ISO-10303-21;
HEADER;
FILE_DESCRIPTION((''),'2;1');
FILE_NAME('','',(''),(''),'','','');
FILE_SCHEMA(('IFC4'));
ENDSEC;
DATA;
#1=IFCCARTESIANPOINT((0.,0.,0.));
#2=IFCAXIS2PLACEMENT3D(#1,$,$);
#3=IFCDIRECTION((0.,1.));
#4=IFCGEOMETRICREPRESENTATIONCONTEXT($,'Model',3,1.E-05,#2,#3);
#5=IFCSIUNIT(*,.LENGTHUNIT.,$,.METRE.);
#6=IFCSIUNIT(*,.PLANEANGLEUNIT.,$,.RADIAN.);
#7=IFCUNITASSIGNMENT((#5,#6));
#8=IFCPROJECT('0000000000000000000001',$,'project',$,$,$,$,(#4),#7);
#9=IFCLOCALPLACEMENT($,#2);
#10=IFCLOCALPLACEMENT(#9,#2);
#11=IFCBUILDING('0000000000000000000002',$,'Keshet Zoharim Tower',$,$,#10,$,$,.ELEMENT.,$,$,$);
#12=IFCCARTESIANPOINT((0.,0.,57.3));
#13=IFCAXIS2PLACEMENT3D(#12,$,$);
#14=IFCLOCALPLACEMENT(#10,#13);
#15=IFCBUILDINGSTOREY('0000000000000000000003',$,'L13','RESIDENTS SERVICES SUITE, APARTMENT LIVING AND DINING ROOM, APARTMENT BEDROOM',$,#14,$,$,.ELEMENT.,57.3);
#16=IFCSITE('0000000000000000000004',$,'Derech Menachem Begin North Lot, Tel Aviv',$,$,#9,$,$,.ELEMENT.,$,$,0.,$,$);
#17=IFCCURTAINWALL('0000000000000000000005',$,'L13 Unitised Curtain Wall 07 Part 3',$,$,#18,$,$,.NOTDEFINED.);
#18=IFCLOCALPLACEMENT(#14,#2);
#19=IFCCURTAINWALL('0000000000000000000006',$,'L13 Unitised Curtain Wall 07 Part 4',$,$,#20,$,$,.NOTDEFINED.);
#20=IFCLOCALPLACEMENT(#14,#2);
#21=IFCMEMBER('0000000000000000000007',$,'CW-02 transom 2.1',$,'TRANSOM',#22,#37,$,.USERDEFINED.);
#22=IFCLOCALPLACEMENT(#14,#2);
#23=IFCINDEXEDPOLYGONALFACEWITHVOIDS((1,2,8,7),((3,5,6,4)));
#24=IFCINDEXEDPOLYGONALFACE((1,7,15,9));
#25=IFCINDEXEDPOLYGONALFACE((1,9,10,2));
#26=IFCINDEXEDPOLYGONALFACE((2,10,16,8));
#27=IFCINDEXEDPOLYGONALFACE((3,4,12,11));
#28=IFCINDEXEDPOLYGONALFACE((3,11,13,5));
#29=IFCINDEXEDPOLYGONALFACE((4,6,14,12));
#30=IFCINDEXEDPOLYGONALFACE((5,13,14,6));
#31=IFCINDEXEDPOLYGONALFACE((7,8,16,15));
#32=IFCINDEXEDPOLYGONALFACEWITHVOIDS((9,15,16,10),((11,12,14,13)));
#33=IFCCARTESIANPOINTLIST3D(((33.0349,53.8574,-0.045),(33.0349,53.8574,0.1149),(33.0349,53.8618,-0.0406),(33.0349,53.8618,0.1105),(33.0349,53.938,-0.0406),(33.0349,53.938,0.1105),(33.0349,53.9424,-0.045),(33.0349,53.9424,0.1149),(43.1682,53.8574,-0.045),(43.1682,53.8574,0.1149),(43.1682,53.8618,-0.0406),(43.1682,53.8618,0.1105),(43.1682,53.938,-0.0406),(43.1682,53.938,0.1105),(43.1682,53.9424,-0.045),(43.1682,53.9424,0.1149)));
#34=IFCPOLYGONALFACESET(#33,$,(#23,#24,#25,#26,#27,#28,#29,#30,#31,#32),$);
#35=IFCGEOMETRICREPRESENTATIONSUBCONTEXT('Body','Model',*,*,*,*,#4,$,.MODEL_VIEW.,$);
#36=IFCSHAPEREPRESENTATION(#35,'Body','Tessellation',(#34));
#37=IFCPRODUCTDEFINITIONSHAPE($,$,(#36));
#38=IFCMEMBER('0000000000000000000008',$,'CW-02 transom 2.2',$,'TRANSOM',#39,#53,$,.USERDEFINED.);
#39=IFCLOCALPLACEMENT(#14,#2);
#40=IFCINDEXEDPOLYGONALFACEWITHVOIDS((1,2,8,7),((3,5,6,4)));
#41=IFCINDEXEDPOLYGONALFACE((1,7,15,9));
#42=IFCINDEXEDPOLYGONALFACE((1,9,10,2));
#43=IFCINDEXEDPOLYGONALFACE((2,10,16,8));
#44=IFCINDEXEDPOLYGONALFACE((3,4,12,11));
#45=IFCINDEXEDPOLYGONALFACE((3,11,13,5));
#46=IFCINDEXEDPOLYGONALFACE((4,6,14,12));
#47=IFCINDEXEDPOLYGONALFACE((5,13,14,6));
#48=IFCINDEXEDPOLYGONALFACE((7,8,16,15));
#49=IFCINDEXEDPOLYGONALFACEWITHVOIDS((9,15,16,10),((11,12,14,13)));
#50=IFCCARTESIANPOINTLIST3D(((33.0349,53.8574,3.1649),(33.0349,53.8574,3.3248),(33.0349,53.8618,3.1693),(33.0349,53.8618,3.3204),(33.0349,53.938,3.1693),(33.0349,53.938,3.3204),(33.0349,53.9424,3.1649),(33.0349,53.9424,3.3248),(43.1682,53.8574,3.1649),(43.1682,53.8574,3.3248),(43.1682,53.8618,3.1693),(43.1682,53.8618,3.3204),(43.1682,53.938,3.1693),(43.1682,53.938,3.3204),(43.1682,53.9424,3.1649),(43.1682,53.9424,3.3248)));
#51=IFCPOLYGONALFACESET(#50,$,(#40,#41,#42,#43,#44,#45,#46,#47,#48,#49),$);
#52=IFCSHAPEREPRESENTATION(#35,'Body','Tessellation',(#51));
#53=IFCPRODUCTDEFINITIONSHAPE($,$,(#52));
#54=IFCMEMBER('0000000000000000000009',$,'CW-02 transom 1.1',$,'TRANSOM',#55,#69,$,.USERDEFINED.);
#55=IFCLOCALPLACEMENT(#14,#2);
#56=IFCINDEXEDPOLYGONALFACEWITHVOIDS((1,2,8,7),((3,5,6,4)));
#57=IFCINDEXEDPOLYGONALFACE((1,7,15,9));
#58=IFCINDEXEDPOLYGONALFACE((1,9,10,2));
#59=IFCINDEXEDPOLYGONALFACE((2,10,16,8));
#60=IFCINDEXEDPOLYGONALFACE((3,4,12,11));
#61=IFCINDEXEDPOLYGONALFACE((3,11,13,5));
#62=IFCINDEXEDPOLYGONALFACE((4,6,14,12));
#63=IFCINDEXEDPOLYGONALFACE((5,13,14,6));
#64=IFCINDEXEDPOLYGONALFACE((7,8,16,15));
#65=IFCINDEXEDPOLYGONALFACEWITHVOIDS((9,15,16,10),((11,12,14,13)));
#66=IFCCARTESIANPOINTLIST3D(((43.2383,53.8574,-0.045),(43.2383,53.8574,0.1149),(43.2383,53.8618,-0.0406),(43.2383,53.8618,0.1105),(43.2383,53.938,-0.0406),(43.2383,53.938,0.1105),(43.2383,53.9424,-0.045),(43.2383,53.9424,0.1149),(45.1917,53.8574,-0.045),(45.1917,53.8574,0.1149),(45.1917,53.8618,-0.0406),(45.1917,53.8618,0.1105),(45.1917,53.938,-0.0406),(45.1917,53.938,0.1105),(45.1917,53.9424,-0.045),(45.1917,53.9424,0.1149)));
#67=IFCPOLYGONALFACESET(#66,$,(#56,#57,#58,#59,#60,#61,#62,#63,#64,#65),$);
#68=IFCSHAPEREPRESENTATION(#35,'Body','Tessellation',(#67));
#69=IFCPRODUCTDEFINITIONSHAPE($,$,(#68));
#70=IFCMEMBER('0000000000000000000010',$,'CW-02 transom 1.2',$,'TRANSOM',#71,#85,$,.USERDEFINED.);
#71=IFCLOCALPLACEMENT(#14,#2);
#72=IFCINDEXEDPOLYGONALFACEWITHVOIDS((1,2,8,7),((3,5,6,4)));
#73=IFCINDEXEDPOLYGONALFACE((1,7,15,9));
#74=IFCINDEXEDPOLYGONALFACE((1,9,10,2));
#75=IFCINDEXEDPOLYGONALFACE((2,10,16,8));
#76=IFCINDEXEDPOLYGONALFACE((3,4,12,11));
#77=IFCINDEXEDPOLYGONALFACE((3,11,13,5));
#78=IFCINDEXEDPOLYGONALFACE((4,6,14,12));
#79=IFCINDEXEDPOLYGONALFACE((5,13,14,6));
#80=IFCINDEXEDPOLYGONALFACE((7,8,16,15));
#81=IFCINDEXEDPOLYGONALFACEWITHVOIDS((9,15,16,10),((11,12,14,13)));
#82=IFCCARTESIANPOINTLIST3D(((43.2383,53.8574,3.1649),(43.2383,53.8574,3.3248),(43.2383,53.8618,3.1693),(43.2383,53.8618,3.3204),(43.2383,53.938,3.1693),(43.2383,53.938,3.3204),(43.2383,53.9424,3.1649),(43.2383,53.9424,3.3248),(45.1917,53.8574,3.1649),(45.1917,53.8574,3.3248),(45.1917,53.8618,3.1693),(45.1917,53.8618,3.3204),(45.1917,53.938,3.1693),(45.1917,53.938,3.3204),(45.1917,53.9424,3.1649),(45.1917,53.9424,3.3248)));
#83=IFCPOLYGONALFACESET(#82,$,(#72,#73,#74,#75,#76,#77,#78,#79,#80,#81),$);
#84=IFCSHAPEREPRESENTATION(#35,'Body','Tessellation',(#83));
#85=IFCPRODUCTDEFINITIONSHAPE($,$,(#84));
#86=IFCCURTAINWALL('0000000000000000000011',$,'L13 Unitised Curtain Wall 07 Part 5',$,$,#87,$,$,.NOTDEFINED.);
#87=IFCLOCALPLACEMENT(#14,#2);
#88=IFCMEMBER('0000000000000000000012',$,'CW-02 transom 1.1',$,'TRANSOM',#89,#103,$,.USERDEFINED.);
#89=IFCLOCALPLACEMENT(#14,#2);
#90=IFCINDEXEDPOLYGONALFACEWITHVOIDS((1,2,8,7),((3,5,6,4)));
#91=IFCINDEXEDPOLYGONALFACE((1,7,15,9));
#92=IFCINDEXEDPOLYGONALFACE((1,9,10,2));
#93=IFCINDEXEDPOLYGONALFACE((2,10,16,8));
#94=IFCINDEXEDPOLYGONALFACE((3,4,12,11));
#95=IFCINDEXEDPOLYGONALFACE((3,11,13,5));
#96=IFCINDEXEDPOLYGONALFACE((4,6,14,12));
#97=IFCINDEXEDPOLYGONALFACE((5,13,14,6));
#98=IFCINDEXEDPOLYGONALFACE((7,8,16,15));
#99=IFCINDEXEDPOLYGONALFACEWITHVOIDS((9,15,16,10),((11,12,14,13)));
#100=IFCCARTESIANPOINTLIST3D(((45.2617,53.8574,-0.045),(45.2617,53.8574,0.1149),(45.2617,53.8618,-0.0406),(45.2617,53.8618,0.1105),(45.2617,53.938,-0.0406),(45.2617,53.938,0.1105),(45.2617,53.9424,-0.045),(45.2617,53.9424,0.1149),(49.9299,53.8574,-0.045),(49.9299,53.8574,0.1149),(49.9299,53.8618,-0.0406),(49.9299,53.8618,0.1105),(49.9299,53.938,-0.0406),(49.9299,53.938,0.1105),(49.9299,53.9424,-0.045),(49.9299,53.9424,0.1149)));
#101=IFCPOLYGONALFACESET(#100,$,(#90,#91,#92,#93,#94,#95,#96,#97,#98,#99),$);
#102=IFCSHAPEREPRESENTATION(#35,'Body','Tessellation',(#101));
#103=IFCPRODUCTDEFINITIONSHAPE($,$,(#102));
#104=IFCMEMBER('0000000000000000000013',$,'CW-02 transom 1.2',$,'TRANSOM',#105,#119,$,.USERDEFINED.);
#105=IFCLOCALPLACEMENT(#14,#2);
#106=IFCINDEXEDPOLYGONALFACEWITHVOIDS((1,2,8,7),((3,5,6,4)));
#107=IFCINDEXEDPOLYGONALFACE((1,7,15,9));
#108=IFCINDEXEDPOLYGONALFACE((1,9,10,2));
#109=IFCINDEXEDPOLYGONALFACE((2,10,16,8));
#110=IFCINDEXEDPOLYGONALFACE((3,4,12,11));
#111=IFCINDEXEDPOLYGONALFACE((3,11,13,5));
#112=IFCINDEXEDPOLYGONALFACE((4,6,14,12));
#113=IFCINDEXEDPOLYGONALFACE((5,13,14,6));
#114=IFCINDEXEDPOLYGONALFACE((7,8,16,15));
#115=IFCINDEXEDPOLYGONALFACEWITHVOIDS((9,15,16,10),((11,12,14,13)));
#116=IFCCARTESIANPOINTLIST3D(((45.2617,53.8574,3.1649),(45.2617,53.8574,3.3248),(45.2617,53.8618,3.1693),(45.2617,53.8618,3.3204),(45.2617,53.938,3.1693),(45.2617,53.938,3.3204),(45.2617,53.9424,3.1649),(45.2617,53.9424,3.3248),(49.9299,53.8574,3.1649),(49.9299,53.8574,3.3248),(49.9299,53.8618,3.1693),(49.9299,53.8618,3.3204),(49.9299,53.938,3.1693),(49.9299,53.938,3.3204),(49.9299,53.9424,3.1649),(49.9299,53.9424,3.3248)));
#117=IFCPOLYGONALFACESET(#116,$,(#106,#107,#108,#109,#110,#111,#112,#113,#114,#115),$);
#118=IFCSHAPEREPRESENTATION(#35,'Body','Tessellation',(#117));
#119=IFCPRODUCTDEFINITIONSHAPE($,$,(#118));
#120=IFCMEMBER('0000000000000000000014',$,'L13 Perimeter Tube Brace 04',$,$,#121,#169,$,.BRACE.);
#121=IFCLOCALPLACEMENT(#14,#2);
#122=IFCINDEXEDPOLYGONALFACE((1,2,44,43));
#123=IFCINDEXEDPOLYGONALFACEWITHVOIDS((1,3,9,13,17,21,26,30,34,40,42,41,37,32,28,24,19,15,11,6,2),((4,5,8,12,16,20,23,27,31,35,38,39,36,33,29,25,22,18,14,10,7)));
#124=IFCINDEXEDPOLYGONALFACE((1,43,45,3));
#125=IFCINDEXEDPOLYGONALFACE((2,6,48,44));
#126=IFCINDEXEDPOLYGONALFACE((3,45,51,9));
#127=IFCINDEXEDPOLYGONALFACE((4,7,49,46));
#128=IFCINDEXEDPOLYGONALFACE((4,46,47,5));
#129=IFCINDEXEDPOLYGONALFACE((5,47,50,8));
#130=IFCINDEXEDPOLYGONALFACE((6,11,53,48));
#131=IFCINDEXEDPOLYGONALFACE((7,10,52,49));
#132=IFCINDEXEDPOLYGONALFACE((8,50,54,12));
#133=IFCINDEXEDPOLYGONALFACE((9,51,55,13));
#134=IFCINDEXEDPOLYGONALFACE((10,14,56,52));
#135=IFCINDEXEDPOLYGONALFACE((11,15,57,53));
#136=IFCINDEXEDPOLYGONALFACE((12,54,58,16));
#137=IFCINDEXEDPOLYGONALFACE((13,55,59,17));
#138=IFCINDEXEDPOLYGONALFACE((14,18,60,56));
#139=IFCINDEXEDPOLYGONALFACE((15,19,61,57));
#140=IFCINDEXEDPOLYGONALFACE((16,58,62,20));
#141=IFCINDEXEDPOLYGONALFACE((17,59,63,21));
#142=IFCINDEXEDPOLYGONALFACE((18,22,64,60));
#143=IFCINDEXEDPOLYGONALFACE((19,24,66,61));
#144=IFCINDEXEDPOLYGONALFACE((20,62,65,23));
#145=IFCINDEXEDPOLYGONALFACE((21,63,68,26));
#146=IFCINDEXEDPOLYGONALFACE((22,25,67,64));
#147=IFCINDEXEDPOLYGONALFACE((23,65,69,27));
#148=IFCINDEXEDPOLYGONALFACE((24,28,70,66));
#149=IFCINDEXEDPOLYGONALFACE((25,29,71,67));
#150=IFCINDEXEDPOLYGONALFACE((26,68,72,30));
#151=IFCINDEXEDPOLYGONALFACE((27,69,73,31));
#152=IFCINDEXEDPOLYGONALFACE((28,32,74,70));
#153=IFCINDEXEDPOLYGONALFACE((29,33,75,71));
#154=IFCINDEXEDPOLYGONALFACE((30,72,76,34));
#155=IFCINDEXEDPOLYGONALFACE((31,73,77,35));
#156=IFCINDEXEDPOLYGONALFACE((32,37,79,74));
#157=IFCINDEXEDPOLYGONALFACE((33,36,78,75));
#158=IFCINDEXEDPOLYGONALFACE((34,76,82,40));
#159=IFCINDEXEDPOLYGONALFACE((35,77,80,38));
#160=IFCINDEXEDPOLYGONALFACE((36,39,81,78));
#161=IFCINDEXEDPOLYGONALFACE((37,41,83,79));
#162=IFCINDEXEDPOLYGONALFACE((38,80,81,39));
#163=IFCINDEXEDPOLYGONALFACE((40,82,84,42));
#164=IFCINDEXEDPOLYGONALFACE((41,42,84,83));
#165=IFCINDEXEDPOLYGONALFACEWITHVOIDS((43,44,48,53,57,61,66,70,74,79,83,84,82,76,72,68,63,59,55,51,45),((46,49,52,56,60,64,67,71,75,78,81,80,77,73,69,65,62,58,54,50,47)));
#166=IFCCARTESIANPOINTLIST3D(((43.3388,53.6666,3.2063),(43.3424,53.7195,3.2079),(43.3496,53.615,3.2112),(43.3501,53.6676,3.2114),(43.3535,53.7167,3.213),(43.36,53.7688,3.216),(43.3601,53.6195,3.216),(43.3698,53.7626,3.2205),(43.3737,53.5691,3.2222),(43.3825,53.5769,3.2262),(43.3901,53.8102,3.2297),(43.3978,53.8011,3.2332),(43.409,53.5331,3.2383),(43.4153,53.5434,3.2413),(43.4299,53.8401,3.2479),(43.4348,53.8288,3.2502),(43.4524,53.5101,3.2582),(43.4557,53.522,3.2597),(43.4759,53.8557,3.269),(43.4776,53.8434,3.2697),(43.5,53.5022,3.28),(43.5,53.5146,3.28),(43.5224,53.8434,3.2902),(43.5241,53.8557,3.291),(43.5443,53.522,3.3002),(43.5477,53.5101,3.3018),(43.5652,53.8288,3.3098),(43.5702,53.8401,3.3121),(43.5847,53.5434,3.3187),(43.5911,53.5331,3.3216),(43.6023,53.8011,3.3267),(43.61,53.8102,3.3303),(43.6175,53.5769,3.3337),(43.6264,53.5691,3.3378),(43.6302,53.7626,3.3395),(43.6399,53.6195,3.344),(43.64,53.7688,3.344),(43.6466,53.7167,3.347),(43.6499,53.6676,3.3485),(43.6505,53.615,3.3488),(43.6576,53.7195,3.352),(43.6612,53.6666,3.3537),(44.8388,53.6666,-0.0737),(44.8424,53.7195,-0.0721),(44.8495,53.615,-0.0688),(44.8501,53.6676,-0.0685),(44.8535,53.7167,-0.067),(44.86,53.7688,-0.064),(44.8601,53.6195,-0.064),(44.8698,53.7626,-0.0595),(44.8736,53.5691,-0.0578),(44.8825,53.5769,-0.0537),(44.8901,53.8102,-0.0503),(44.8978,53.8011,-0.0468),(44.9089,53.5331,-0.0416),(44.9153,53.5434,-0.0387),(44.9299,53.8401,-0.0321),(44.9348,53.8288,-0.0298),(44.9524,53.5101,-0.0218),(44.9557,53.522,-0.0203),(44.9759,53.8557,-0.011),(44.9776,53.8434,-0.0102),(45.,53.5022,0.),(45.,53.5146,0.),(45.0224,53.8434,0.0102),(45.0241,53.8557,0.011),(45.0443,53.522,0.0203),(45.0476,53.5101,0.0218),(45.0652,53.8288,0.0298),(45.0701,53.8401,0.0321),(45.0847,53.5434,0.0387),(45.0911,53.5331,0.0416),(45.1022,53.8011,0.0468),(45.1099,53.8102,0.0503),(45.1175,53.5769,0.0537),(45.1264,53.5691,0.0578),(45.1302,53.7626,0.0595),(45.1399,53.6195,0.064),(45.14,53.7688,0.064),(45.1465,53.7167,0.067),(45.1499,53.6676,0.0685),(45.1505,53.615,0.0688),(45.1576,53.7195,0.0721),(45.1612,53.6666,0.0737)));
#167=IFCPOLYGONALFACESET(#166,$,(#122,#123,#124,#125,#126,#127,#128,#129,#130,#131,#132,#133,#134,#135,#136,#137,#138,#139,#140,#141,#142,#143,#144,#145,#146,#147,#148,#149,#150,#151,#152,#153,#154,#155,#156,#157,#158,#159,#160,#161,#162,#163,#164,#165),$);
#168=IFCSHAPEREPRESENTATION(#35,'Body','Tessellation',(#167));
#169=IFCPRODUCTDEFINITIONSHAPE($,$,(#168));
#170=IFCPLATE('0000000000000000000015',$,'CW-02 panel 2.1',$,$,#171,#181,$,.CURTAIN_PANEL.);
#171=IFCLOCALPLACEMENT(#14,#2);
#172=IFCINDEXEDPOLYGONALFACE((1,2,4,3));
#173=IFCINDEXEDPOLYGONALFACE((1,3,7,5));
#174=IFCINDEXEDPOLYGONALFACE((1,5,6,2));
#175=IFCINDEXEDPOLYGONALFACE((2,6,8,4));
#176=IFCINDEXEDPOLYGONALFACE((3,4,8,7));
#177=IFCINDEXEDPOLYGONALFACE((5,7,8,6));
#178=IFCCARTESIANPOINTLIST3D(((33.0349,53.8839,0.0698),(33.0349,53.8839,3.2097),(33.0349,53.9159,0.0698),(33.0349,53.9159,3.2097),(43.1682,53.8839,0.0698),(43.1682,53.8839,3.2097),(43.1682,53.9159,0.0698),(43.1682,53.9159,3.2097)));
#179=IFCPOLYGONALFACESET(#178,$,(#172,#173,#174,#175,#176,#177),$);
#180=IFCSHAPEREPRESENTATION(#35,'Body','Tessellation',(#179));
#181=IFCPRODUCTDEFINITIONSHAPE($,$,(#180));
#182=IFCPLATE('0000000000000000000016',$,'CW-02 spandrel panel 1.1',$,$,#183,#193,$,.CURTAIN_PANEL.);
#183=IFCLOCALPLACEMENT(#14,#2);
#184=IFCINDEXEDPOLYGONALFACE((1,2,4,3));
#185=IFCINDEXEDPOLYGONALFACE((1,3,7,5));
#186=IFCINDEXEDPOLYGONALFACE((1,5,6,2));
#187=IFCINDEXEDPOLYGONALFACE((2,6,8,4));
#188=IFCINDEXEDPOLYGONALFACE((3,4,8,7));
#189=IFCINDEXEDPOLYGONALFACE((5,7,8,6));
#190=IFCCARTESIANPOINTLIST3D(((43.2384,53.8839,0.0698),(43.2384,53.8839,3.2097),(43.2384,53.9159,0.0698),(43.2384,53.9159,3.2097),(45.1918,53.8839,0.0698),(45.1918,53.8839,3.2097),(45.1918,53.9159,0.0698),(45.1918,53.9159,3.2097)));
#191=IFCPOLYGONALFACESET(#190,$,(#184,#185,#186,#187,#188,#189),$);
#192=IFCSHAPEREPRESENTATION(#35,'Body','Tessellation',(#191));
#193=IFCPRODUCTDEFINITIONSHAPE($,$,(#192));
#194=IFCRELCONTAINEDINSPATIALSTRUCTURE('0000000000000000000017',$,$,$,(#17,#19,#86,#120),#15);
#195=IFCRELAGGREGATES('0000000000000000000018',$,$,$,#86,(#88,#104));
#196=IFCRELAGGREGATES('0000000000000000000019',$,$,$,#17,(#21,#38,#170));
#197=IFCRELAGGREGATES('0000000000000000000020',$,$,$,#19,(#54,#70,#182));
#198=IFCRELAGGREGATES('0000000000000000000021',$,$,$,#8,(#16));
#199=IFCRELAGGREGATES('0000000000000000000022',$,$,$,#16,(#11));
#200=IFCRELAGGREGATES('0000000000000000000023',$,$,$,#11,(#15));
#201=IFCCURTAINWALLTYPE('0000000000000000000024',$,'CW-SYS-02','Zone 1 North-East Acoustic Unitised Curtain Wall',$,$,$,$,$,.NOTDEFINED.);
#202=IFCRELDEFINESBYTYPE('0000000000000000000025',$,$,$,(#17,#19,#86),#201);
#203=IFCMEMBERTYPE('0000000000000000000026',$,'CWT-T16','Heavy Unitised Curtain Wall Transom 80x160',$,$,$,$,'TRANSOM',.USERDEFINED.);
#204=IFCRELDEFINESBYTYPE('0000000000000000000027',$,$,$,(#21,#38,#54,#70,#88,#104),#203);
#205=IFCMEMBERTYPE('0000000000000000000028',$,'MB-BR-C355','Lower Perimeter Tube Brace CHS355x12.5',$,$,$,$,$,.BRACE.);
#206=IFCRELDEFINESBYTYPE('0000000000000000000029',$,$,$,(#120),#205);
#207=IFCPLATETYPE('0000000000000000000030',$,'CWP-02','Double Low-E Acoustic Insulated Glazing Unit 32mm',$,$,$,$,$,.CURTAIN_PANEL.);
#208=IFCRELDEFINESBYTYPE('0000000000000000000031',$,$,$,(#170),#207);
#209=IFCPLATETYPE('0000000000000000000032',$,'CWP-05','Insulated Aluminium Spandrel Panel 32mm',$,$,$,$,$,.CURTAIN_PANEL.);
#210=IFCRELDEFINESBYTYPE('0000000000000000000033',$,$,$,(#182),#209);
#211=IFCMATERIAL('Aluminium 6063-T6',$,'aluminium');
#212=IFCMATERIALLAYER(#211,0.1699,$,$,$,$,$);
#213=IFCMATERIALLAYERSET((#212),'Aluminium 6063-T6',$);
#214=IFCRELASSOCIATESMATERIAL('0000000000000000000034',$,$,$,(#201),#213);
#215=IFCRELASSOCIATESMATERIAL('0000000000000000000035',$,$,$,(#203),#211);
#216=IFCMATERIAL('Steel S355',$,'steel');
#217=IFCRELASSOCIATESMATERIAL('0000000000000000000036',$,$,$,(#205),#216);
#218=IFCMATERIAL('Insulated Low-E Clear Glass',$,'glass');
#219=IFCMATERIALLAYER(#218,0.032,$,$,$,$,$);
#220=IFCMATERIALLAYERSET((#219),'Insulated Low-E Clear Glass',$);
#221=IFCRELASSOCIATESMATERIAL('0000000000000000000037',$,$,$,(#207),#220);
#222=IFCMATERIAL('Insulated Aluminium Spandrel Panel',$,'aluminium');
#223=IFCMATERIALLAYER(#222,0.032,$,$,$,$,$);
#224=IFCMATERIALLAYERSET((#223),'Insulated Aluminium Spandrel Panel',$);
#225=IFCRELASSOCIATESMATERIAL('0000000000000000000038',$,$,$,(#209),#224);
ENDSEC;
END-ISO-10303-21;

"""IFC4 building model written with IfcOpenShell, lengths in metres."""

from ifc_helpers import new_model, si_unit, direction, frame, origin, origin_2d, place, context, subcontext, project, spatial, rectangle, hollow_rectangle, hollow_circle, extrude, material, layer, layer_set, material_profile, profile_set, type_object, element, aggregate, save


model = new_model("IFC4")

# Units and contexts
model_context = context("Model", 3, precision=1e-05, world=origin(), true_north=direction((0.0, 1.0)))
body_context = subcontext(model_context, "Body", "Model", "MODEL_VIEW")
ifc_project = project(units=[si_unit("LENGTHUNIT", "METRE"), si_unit("PLANEANGLEUNIT", "RADIAN")], contexts=[model_context])

# Site, building, storey
site_placement = place(None, origin())
site = spatial("IfcSite", under=ifc_project, at=site_placement, Name="Derech Menachem Begin North Lot, Tel Aviv", CompositionType="ELEMENT", RefElevation=0.0)
building_placement = place(site_placement, origin())
building = spatial("IfcBuilding", under=site, at=building_placement, Name="Keshet Zoharim Tower", CompositionType="ELEMENT")
storey_placement = place(building_placement, frame((0.0, 0.0, 57.3)))
storey = spatial("IfcBuildingStorey", under=building, at=storey_placement, Name="L13", Description="RESIDENTS SERVICES SUITE, APARTMENT LIVING AND DINING ROOM, APARTMENT BEDROOM", CompositionType="ELEMENT", Elevation=57.3)

# Shared definitions
ifc_material_1 = material(Name="Steel S355", Category="steel")

# Curtain wall
ifc_material_2 = material(Name="Aluminium 6063-T6", Category="aluminium")
ifc_layer_1 = layer(ifc_material_2, 0.1699)
ifc_layer_set_1 = layer_set([ifc_layer_1], Name="Aluminium 6063-T6")
curtain_wall_type = type_object("IfcCurtainWallType", Name="CW-SYS-02", Description="Zone 1 North-East Acoustic Unitised Curtain Wall", PredefinedType="NOTDEFINED", material=ifc_layer_set_1)
curtain_wall_1_placement = place(storey_placement, origin())
curtain_wall_1 = element("IfcCurtainWall", 1, at=curtain_wall_1_placement, inside=storey, type_object=curtain_wall_type, Name="L13 Unitised Curtain Wall 07 Part 3", PredefinedType="NOTDEFINED")

# Curtain wall
curtain_wall_2_placement = place(storey_placement, origin())
curtain_wall_2 = element("IfcCurtainWall", 2, at=curtain_wall_2_placement, inside=storey, type_object=curtain_wall_type, Name="L13 Unitised Curtain Wall 07 Part 4", PredefinedType="NOTDEFINED")

# Members
ifc_material_profile_1 = material_profile(ifc_material_2, hollow_rectangle(XDim=0.085, YDim=0.1599, WallThickness=0.0044, at=origin_2d()), Name="TRN-85x160")
ifc_profile_set_1 = profile_set([ifc_material_profile_1], Name="Aluminium 6063-T6")
member_type_1 = type_object("IfcMemberType", Name="CWT-T16", Description="Heavy Unitised Curtain Wall Transom 80x160", ElementType="TRANSOM", PredefinedType="USERDEFINED", material=ifc_profile_set_1)
member_1_placement = place(storey_placement, frame((33.0349, 53.8999, 0.0349), z_axis=(1.0, 0.0, 0.0), x_axis=(0.0, 1.0, 0.0)))
member_1 = element("IfcMember", 3, at=member_1_placement, type_object=member_type_1, Name="CW-02 transom 2.1", ObjectType="TRANSOM", PredefinedType="USERDEFINED", context=body_context, shape_type="SweptSolid", body=[
    extrude(hollow_rectangle(XDim=0.085, YDim=0.1599, WallThickness=0.0044, at=origin_2d()), origin(), (0.0, 0.0, 1.0), 10.1333),
])
member_2_placement = place(storey_placement, frame((33.0349, 53.8999, 3.2449), z_axis=(1.0, 0.0, 0.0), x_axis=(0.0, 1.0, 0.0)))
member_2 = element("IfcMember", 4, at=member_2_placement, type_object=member_type_1, Name="CW-02 transom 2.2", ObjectType="TRANSOM", PredefinedType="USERDEFINED", context=body_context, shape_type="SweptSolid", body=[
    extrude(hollow_rectangle(XDim=0.085, YDim=0.1599, WallThickness=0.0044, at=origin_2d()), origin(), (0.0, 0.0, 1.0), 10.1333),
])
member_3_placement = place(storey_placement, frame((43.2383, 53.8999, 0.0349), z_axis=(1.0, 0.0, 0.0), x_axis=(0.0, 1.0, 0.0)))
member_3 = element("IfcMember", 5, at=member_3_placement, type_object=member_type_1, Name="CW-02 transom 1.1", ObjectType="TRANSOM", PredefinedType="USERDEFINED", context=body_context, shape_type="SweptSolid", body=[
    extrude(hollow_rectangle(XDim=0.085, YDim=0.1599, WallThickness=0.0044, at=origin_2d()), origin(), (0.0, 0.0, 1.0), 1.9534),
])
member_4_placement = place(storey_placement, frame((43.2383, 53.8999, 3.2449), z_axis=(1.0, 0.0, 0.0), x_axis=(0.0, 1.0, 0.0)))
member_4 = element("IfcMember", 6, at=member_4_placement, type_object=member_type_1, Name="CW-02 transom 1.2", ObjectType="TRANSOM", PredefinedType="USERDEFINED", context=body_context, shape_type="SweptSolid", body=[
    extrude(hollow_rectangle(XDim=0.085, YDim=0.1599, WallThickness=0.0044, at=origin_2d()), origin(), (0.0, 0.0, 1.0), 1.9534),
])

# Curtain wall, members
curtain_wall_3_placement = place(storey_placement, origin())
curtain_wall_3 = element("IfcCurtainWall", 7, at=curtain_wall_3_placement, inside=storey, type_object=curtain_wall_type, Name="L13 Unitised Curtain Wall 07 Part 5", PredefinedType="NOTDEFINED")
member_5_placement = place(storey_placement, frame((45.2617, 53.8999, 0.0349), z_axis=(1.0, 0.0, 0.0), x_axis=(0.0, 1.0, 0.0)))
member_5 = element("IfcMember", 8, at=member_5_placement, type_object=member_type_1, Name="CW-02 transom 1.1", ObjectType="TRANSOM", PredefinedType="USERDEFINED", context=body_context, shape_type="SweptSolid", body=[
    extrude(hollow_rectangle(XDim=0.085, YDim=0.1599, WallThickness=0.0044, at=origin_2d()), origin(), (0.0, 0.0, 1.0), 4.6682),
])
member_6_placement = place(storey_placement, frame((45.2617, 53.8999, 3.2449), z_axis=(1.0, 0.0, 0.0), x_axis=(0.0, 1.0, 0.0)))
member_6 = element("IfcMember", 9, at=member_6_placement, type_object=member_type_1, Name="CW-02 transom 1.2", ObjectType="TRANSOM", PredefinedType="USERDEFINED", context=body_context, shape_type="SweptSolid", body=[
    extrude(hollow_rectangle(XDim=0.085, YDim=0.1599, WallThickness=0.0044, at=origin_2d()), origin(), (0.0, 0.0, 1.0), 4.6682),
])
aggregate(curtain_wall_3, [member_5, member_6])

# Member
ifc_material_profile_2 = material_profile(ifc_material_1, hollow_circle(Radius=0.1777, WallThickness=0.0125, at=origin_2d()), Name="CHS355x12.5")
ifc_profile_set_2 = profile_set([ifc_material_profile_2], Name="Steel S355")
member_type_2 = type_object("IfcMemberType", Name="MB-BR-C355", Description="Lower Perimeter Tube Brace CHS355x12.5", PredefinedType="BRACE", material=ifc_profile_set_2)
member_7_placement = place(storey_placement, frame((45.0, 53.6799, 0.0), z_axis=(-0.415888, 0.0, 0.909416), x_axis=(0.0, -1.0, 0.0)))
element("IfcMember", 10, at=member_7_placement, inside=storey, type_object=member_type_2, Name="L13 Perimeter Tube Brace 04", PredefinedType="BRACE", context=body_context, shape_type="SweptSolid", body=[
    extrude(hollow_circle(Radius=0.1777, WallThickness=0.0125, at=origin_2d()), origin(), (0.0, 0.0, 1.0), 3.6067),
])

# Plates
ifc_material_3 = material(Name="Insulated Low-E Clear Glass", Category="glass")
ifc_layer_2 = layer(ifc_material_3, 0.032)
ifc_layer_set_2 = layer_set([ifc_layer_2], Name="Insulated Low-E Clear Glass")
plate_type_1 = type_object("IfcPlateType", Name="CWP-02", Description="Double Low-E Acoustic Insulated Glazing Unit 32mm", PredefinedType="CURTAIN_PANEL", material=ifc_layer_set_2)
plate_1_placement = place(storey_placement, frame((38.1016, 53.8999, 0.0698), z_axis=(0.0, 0.0, 1.0), x_axis=(1.0, 0.0, 0.0)))
plate_1 = element("IfcPlate", 11, at=plate_1_placement, type_object=plate_type_1, Name="CW-02 panel 2.1", PredefinedType="CURTAIN_PANEL", context=body_context, shape_type="SweptSolid", body=[
    extrude(rectangle(XDim=10.1333, YDim=0.032, at=origin_2d()), origin(), (0.0, 0.0, 1.0), 3.1399),
])
aggregate(curtain_wall_1, [member_1, member_2, plate_1])
ifc_material_4 = material(Name="Insulated Aluminium Spandrel Panel", Category="aluminium")
ifc_layer_3 = layer(ifc_material_4, 0.032)
ifc_layer_set_3 = layer_set([ifc_layer_3], Name="Insulated Aluminium Spandrel Panel")
plate_type_2 = type_object("IfcPlateType", Name="CWP-05", Description="Insulated Aluminium Spandrel Panel 32mm", PredefinedType="CURTAIN_PANEL", material=ifc_layer_set_3)
plate_2_placement = place(storey_placement, frame((44.2151, 53.8999, 0.0698), z_axis=(0.0, 0.0, 1.0), x_axis=(1.0, 0.0, 0.0)))
plate_2 = element("IfcPlate", 12, at=plate_2_placement, type_object=plate_type_2, Name="CW-02 spandrel panel 1.1", PredefinedType="CURTAIN_PANEL", context=body_context, shape_type="SweptSolid", body=[
    extrude(rectangle(XDim=1.9534, YDim=0.032, at=origin_2d()), origin(), (0.0, 0.0, 1.0), 3.1399),
])
aggregate(curtain_wall_2, [member_3, member_4, plate_2])

save(model, "model.ifc")
